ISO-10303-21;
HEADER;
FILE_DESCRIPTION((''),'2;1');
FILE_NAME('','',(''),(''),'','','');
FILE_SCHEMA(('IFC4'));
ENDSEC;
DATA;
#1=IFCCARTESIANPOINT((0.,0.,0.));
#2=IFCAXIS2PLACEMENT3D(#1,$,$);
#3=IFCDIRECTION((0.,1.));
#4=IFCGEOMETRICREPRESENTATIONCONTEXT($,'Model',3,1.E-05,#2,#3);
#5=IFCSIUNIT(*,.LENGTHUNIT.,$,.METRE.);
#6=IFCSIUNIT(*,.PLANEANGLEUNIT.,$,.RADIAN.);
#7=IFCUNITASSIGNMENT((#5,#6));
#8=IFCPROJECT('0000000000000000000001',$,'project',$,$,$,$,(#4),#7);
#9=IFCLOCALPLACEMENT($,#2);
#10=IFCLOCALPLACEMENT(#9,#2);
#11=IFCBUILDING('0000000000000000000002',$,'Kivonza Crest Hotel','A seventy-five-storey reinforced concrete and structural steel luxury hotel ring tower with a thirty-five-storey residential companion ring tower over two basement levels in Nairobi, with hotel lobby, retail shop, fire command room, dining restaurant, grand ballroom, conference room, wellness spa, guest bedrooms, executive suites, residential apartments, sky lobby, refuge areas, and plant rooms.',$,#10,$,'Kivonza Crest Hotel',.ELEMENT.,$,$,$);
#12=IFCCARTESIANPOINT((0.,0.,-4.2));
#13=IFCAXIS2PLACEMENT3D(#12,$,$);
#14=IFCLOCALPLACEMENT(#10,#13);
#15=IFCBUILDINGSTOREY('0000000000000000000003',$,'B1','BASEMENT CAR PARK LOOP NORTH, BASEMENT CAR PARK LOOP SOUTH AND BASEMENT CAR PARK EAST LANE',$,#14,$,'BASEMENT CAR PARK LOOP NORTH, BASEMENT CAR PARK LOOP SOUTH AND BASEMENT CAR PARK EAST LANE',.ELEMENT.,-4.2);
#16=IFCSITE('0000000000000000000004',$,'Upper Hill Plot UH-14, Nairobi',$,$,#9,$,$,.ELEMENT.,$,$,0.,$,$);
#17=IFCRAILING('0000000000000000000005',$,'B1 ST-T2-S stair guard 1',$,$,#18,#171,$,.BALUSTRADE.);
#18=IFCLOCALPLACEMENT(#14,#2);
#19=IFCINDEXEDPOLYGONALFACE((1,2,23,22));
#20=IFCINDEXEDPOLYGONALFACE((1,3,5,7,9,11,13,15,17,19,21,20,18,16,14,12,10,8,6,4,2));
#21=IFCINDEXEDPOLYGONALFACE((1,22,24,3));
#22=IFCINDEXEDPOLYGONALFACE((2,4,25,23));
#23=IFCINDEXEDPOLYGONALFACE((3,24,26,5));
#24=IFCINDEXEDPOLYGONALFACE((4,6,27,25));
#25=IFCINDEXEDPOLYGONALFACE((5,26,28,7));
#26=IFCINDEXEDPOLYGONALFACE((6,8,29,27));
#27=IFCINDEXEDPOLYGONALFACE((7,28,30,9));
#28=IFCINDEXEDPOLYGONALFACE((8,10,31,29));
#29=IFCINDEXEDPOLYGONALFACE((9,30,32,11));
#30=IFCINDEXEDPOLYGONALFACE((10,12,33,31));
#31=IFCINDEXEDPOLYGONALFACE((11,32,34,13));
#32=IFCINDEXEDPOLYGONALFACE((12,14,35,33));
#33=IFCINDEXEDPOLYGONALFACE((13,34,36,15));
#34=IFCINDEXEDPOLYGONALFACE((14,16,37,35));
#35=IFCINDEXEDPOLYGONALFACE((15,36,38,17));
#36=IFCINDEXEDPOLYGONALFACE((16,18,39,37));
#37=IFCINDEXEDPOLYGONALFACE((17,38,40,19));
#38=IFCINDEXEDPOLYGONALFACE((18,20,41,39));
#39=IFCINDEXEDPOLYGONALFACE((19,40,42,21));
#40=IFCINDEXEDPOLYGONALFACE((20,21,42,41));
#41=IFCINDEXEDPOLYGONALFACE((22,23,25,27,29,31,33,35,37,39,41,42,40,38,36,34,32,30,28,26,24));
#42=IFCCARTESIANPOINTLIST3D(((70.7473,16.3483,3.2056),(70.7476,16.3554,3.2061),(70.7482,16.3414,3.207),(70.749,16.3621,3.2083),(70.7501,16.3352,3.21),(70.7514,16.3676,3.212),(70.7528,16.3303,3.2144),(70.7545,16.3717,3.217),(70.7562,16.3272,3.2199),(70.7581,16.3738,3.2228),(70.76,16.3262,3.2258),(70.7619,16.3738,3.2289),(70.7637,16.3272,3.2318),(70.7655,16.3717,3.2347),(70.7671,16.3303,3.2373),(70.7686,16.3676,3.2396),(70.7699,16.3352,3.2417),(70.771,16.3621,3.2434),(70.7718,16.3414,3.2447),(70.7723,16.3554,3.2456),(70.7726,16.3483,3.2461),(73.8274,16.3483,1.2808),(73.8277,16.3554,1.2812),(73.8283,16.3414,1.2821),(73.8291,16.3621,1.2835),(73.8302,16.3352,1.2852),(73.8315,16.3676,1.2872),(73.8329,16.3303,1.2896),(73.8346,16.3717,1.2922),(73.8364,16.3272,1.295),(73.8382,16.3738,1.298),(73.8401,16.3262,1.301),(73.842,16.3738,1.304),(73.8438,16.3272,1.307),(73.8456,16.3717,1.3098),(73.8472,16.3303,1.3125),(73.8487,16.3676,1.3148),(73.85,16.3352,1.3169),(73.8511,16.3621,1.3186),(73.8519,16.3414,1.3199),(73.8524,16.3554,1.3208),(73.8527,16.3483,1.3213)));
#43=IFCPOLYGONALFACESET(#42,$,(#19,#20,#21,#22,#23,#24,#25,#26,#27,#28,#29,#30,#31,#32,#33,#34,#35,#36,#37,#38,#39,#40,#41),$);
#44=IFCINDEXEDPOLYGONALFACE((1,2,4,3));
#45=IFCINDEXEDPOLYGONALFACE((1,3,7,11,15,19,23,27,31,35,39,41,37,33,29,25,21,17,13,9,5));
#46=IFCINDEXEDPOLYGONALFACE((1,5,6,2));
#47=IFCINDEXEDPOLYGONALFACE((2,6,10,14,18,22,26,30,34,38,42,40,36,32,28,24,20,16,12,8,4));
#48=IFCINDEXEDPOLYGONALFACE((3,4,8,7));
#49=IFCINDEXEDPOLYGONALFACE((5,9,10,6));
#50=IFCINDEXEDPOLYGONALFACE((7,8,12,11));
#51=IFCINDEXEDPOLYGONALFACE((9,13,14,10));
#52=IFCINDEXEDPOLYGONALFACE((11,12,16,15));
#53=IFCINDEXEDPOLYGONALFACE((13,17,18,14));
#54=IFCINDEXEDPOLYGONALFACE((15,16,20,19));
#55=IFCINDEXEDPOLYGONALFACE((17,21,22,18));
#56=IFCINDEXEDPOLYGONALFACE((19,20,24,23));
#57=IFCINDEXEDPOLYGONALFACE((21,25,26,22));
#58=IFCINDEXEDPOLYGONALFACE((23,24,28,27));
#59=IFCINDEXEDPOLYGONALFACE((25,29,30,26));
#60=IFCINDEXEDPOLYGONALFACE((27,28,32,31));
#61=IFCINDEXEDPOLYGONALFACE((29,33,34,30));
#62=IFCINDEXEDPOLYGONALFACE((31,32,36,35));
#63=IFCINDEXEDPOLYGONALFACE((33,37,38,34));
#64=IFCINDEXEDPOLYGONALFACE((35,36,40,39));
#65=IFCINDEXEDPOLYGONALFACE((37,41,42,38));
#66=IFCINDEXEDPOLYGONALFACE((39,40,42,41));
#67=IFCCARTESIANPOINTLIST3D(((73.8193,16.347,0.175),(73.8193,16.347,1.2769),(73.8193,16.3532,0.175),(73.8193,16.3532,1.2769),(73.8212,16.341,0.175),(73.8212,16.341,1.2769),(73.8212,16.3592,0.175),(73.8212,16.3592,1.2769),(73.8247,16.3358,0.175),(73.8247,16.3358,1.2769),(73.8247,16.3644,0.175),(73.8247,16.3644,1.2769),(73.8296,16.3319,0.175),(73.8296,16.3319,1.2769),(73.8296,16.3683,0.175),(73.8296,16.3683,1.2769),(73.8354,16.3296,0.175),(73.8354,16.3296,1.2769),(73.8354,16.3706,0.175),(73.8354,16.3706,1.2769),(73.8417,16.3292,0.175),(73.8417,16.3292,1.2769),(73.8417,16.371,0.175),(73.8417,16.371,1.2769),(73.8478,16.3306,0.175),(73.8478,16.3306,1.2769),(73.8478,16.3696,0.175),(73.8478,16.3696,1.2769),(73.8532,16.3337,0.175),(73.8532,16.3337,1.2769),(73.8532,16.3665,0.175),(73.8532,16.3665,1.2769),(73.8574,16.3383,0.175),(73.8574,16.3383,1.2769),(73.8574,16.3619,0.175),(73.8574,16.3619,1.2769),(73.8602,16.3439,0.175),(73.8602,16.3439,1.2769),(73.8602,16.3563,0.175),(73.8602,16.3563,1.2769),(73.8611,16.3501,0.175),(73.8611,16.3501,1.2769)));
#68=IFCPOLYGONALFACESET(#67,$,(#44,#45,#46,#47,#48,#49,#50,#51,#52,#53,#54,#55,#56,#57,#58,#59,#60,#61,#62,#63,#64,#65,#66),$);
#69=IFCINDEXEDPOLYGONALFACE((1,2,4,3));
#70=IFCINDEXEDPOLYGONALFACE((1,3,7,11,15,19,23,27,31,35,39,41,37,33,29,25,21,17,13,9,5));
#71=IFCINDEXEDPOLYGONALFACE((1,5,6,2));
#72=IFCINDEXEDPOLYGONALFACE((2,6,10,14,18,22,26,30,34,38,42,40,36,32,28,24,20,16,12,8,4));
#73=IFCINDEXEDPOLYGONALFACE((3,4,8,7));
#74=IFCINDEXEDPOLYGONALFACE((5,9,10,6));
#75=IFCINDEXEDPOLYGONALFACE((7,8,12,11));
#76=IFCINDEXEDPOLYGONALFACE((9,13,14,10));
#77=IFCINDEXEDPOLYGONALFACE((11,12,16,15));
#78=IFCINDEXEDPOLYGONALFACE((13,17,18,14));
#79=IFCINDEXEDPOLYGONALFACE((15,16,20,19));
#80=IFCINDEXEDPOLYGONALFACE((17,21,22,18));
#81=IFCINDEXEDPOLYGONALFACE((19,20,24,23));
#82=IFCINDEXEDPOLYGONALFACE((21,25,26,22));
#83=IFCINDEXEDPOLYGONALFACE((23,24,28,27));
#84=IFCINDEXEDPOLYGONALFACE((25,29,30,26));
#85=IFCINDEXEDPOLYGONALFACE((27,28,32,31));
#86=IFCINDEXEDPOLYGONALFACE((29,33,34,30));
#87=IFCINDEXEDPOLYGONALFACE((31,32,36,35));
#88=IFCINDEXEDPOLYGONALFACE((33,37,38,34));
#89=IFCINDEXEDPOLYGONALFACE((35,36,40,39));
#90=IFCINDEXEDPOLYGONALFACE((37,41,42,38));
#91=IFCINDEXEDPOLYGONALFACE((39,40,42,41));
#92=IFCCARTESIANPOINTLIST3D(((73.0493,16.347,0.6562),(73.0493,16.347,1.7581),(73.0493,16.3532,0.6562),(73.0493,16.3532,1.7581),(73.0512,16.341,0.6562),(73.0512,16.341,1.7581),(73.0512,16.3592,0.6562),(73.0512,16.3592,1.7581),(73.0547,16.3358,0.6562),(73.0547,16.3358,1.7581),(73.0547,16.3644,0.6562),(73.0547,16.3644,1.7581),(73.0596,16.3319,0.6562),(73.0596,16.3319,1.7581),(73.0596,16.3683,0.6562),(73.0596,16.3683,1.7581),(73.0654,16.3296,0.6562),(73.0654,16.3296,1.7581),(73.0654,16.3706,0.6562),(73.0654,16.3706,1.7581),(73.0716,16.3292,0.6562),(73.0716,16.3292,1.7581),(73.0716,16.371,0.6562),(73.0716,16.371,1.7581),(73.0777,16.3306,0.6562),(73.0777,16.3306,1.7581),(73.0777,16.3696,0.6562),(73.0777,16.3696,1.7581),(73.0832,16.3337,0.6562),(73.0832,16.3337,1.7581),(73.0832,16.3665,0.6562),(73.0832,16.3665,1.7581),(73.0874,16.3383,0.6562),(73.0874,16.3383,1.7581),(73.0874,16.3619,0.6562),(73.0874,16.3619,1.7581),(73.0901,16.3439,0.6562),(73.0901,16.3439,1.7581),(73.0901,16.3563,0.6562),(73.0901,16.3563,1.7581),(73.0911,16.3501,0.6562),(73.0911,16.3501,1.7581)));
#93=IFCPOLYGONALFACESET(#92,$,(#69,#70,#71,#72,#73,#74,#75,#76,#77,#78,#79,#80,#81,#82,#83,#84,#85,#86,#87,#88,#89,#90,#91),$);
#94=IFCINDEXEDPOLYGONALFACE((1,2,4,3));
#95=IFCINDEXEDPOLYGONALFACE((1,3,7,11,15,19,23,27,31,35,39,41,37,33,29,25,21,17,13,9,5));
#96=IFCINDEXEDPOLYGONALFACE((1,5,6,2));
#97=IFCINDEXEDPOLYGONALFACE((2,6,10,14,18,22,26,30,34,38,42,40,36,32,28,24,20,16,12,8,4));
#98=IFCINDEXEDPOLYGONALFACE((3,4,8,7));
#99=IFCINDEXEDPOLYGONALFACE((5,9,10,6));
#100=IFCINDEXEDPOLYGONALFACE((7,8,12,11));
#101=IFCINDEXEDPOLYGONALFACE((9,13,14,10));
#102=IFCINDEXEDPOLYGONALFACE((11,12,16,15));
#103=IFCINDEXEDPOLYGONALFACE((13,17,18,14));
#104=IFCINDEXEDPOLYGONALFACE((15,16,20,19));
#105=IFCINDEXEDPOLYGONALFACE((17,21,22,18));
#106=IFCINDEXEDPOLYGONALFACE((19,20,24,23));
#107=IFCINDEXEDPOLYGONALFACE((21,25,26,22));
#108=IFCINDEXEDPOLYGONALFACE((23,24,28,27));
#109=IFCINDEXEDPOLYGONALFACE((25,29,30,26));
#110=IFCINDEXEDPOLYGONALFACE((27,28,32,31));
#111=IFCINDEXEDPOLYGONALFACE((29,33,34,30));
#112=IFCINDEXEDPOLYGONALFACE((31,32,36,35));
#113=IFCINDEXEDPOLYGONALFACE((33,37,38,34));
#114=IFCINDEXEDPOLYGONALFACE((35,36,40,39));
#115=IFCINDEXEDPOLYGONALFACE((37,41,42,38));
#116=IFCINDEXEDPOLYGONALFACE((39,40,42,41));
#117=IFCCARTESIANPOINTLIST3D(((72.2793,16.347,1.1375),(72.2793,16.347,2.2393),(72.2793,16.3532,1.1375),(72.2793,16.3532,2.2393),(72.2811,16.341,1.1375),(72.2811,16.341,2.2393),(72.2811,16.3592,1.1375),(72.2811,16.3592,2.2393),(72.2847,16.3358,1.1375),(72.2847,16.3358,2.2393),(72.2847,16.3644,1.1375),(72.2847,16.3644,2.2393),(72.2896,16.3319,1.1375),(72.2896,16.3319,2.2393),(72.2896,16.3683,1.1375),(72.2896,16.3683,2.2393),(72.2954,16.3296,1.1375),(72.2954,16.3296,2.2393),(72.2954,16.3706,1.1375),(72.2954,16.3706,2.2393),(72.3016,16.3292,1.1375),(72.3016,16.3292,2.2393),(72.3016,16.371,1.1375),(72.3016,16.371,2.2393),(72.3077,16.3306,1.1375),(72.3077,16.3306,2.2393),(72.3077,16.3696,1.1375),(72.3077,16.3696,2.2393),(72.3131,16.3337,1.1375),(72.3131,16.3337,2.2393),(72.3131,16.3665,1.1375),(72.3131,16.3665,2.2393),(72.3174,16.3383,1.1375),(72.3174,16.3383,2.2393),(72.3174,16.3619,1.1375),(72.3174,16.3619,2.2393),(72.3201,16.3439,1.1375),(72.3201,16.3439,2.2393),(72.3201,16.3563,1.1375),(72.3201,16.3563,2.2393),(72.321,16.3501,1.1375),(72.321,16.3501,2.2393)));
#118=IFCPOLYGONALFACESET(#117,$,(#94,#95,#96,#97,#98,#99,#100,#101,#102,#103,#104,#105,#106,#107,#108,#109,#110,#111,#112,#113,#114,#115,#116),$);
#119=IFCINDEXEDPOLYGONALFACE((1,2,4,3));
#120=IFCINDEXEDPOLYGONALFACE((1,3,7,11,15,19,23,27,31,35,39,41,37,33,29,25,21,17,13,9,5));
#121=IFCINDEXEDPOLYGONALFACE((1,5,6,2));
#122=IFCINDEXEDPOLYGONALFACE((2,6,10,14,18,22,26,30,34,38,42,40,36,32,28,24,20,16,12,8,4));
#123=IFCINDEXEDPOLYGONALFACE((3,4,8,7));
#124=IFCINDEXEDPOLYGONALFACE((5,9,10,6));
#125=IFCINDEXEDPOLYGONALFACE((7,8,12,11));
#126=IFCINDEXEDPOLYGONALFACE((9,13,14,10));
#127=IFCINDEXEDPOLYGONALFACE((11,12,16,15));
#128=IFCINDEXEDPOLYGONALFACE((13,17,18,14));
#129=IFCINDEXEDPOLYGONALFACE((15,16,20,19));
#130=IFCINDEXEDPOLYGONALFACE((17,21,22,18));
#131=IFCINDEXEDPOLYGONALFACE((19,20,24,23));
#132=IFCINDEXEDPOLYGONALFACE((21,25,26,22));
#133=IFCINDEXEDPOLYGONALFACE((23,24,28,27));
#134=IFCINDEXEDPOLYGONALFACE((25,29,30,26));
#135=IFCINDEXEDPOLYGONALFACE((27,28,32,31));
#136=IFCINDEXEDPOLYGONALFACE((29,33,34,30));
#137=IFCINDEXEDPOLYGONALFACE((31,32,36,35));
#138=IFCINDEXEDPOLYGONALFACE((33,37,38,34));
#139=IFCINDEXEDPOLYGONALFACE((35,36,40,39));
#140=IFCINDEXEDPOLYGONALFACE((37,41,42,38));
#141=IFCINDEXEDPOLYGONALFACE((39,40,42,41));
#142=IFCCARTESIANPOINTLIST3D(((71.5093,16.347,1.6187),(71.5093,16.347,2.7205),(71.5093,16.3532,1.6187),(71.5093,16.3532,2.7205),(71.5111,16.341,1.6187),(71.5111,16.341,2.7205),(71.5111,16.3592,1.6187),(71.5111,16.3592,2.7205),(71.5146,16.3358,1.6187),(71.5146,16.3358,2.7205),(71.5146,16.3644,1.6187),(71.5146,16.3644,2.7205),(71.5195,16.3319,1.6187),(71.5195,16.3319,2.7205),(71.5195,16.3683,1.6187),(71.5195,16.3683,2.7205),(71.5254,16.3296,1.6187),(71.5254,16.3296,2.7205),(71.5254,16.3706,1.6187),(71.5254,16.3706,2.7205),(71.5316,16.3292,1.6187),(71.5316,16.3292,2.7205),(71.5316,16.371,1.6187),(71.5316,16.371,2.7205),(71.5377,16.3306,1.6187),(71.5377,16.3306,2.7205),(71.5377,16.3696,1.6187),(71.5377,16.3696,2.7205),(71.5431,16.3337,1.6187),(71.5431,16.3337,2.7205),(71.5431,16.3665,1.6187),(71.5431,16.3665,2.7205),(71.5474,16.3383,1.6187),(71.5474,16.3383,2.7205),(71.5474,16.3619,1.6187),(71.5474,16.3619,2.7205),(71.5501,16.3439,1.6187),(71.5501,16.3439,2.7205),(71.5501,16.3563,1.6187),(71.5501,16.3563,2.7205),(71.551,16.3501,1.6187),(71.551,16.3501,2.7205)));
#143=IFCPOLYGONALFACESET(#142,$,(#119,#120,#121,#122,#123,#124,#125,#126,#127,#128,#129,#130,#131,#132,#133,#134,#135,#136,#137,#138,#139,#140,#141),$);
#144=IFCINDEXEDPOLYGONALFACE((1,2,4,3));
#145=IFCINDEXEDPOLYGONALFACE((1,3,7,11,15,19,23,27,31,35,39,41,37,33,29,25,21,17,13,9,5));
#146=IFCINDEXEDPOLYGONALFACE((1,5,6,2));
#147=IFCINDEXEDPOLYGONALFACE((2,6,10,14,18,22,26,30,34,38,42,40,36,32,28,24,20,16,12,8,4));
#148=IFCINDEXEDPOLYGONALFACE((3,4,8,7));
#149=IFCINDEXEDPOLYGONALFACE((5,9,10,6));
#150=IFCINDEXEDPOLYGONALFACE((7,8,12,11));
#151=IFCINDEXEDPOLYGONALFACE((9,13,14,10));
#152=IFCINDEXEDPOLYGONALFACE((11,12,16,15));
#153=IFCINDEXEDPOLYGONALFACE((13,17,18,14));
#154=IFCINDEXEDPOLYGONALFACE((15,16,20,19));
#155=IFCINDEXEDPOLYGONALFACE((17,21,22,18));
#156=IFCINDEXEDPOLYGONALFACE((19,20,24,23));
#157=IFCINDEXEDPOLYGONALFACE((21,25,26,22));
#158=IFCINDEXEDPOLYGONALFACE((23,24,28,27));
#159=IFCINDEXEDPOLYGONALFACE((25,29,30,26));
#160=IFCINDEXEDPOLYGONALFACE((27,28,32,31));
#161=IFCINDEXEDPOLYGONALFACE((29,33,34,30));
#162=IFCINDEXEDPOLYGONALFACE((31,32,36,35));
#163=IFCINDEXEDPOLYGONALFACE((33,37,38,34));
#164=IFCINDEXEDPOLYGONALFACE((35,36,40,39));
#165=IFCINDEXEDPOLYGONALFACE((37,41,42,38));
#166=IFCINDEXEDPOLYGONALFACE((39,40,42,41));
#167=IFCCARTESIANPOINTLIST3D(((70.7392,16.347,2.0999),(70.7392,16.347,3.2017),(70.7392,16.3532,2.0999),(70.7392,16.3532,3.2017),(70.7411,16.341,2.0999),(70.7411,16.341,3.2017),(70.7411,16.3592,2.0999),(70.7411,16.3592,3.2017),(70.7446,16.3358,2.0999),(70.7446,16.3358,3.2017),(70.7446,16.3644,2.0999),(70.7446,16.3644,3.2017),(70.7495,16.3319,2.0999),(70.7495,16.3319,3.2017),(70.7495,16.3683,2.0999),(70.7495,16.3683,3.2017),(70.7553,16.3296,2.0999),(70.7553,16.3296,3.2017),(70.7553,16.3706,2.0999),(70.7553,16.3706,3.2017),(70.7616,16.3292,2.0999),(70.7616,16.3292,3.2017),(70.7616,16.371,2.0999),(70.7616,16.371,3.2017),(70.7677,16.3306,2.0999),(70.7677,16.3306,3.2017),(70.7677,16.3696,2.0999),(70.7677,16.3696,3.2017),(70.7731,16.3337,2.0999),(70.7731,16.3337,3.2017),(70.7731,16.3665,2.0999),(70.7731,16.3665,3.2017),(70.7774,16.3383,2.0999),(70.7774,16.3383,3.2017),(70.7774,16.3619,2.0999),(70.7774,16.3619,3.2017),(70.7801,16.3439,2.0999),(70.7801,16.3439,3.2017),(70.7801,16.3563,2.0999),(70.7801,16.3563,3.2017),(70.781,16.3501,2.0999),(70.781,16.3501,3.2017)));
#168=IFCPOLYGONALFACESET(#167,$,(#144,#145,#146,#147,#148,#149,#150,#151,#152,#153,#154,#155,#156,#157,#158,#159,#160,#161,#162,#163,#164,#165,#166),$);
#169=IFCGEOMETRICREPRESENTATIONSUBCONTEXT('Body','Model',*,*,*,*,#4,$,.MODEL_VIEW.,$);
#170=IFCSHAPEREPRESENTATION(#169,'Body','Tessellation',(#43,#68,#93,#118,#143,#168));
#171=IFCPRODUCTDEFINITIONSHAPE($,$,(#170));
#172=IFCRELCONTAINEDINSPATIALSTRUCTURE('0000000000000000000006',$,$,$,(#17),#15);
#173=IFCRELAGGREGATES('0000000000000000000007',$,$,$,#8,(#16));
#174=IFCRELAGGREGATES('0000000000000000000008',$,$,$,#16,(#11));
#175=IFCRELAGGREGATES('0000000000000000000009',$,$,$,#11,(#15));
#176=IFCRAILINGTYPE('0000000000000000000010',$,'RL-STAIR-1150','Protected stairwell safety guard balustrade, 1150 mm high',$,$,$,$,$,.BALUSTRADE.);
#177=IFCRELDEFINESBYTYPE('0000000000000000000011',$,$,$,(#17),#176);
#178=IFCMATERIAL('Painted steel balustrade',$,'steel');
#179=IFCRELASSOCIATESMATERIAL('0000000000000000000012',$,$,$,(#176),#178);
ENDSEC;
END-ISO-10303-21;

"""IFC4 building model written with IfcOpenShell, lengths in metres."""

from ifc_helpers import new_model, si_unit, direction, frame, origin, origin_2d, place, context, subcontext, project, spatial, circle, extrude, material, type_object, element, save


model = new_model("IFC4")

# Units and contexts
model_context = context("Model", 3, precision=1e-05, world=origin(), true_north=direction((0.0, 1.0)))
body_context = subcontext(model_context, "Body", "Model", "MODEL_VIEW")
ifc_project = project(units=[si_unit("LENGTHUNIT", "METRE"), si_unit("PLANEANGLEUNIT", "RADIAN")], contexts=[model_context])

# Site, building, storey
site_placement = place(None, origin())
site = spatial("IfcSite", under=ifc_project, at=site_placement, Name="Upper Hill Plot UH-14, Nairobi", CompositionType="ELEMENT", RefElevation=0.0)
building_placement = place(site_placement, origin())
building = spatial("IfcBuilding", under=site, at=building_placement, Name="Kivonza Crest Hotel", Description="A seventy-five-storey reinforced concrete and structural steel luxury hotel ring tower with a thirty-five-storey residential companion ring tower over two basement levels in Nairobi, with hotel lobby, retail shop, fire command room, dining restaurant, grand ballroom, conference room, wellness spa, guest bedrooms, executive suites, residential apartments, sky lobby, refuge areas, and plant rooms.", LongName="Kivonza Crest Hotel", CompositionType="ELEMENT")
storey_placement = place(building_placement, frame((0.0, 0.0, -4.2)))
storey = spatial("IfcBuildingStorey", under=building, at=storey_placement, Name="B1", Description="BASEMENT CAR PARK LOOP NORTH, BASEMENT CAR PARK LOOP SOUTH AND BASEMENT CAR PARK EAST LANE", LongName="BASEMENT CAR PARK LOOP NORTH, BASEMENT CAR PARK LOOP SOUTH AND BASEMENT CAR PARK EAST LANE", CompositionType="ELEMENT", Elevation=-4.2)

# Railing
ifc_material_1 = material(Name="Painted steel balustrade", Category="steel")
railing_type_1 = type_object("IfcRailingType", Name="RL-STAIR-1150", Description="Protected stairwell safety guard balustrade, 1150 mm high", PredefinedType="BALUSTRADE", material=ifc_material_1)
railing_1_placement = place(storey_placement, frame((73.8401, 16.3501, 0.175)))
element("IfcRailing", 1, at=railing_1_placement, inside=storey, type_object=railing_type_1, Name="B1 ST-T2-S stair guard 1", PredefinedType="BALUSTRADE", context=body_context, shape_type="SweptSolid", body=[
    extrude(circle(Radius=0.0239, at=origin_2d()), frame((0.0, 0.0, 1.126), z_axis=(-0.848029, 0.0, 0.529951), x_axis=(0.0, -1.0, 0.0)), (0.0, 0.0, 1.0), 3.6321),
    extrude(circle(Radius=0.021, at=origin_2d()), origin(), (0.0, 0.0, 1.0), 1.1018),
    extrude(circle(Radius=0.021, at=origin_2d()), frame((-0.77, 0.0, 0.4812)), (0.0, 0.0, 1.0), 1.1018),
    extrude(circle(Radius=0.021, at=origin_2d()), frame((-1.54, 0.0, 0.9624)), (0.0, 0.0, 1.0), 1.1018),
    extrude(circle(Radius=0.021, at=origin_2d()), frame((-2.3101, 0.0, 1.4436)), (0.0, 0.0, 1.0), 1.1018),
    extrude(circle(Radius=0.021, at=origin_2d()), frame((-3.0801, 0.0, 1.9248)), (0.0, 0.0, 1.0), 1.1018),
])

save(model, "model.ifc")
